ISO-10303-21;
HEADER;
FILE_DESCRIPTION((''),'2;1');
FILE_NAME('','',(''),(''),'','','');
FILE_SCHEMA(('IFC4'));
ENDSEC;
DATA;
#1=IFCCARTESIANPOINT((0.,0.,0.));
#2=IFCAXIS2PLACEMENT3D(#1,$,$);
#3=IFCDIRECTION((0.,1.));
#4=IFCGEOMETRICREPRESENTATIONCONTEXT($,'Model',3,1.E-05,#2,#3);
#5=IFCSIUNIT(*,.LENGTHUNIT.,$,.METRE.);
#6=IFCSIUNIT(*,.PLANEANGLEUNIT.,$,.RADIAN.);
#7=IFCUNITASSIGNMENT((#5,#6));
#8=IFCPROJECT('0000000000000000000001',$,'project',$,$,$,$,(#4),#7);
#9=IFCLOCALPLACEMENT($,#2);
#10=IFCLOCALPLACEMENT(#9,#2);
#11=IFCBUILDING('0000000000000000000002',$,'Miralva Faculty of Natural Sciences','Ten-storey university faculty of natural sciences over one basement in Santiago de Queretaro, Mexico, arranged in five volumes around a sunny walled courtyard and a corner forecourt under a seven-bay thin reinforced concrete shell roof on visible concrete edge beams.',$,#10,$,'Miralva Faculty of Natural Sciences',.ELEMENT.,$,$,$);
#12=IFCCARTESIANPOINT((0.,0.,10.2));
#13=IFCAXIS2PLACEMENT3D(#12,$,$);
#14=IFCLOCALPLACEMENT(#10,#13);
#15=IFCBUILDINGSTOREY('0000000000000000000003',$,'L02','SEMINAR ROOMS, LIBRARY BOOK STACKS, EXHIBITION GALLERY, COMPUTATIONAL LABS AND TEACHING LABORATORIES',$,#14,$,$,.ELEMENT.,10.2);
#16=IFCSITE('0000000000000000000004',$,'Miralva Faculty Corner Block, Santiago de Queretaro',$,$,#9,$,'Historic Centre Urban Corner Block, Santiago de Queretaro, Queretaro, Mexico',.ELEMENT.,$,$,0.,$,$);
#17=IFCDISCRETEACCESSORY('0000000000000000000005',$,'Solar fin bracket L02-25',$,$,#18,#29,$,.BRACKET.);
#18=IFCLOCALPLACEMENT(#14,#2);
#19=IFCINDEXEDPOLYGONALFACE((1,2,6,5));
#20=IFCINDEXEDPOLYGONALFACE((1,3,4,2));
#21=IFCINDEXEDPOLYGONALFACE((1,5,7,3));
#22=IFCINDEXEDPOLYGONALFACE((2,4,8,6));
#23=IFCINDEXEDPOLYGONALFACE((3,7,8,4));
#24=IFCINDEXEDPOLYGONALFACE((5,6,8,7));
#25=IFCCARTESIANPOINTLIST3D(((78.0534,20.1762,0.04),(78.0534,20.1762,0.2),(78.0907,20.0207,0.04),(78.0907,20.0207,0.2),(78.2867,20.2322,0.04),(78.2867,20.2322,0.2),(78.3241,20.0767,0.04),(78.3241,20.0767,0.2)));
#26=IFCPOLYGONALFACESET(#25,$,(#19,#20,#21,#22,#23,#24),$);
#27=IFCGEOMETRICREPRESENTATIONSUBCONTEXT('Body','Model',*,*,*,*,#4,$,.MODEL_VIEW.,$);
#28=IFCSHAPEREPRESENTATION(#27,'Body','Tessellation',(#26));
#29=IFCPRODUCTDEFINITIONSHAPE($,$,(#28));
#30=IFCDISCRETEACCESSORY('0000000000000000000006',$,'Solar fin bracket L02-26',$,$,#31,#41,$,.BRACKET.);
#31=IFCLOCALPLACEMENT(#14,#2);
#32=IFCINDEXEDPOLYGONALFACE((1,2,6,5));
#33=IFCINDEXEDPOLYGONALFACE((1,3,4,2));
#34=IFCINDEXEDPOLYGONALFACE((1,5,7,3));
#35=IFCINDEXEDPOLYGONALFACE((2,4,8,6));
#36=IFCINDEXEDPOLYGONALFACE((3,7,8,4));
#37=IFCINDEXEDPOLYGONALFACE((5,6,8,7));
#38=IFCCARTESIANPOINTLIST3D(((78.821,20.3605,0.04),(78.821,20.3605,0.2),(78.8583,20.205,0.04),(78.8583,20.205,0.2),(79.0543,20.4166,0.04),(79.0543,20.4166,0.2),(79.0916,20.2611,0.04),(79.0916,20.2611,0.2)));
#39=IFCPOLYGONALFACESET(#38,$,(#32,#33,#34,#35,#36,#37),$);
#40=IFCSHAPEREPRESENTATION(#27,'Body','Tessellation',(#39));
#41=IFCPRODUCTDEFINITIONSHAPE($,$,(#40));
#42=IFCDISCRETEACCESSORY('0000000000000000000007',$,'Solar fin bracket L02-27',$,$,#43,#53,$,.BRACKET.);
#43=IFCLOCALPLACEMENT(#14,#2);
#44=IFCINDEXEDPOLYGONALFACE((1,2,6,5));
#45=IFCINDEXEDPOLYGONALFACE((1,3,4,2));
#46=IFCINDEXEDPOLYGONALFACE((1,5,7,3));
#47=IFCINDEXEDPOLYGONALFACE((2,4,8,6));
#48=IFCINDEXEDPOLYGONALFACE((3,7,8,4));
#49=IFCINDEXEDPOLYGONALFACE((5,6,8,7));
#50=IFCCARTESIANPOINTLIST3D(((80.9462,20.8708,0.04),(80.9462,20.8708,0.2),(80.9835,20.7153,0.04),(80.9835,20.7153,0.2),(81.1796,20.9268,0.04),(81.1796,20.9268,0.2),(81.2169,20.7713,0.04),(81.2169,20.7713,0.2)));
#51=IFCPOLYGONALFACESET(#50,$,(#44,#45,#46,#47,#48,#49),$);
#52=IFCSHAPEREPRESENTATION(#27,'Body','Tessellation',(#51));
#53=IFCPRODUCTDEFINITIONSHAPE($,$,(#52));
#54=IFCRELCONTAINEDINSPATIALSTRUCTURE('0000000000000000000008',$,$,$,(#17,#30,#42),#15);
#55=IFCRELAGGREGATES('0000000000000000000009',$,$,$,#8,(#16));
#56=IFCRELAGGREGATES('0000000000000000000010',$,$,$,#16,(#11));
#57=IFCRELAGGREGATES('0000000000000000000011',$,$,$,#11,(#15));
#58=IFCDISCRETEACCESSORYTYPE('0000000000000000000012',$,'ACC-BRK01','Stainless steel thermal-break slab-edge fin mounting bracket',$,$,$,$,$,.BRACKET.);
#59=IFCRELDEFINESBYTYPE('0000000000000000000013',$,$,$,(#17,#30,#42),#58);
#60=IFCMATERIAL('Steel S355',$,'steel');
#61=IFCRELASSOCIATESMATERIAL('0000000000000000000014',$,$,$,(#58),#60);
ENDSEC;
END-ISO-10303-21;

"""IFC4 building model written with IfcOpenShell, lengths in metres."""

from ifc_helpers import new_model, si_unit, direction, frame, origin, origin_2d, place, context, subcontext, project, spatial, rectangle, extrude, material, type_object, element, save


model = new_model("IFC4")

# Units and contexts
model_context = context("Model", 3, precision=1e-05, world=origin(), true_north=direction((0.0, 1.0)))
body_context = subcontext(model_context, "Body", "Model", "MODEL_VIEW")
ifc_project = project(units=[si_unit("LENGTHUNIT", "METRE"), si_unit("PLANEANGLEUNIT", "RADIAN")], contexts=[model_context])

# Site, building, storey
site_placement = place(None, origin())
site = spatial("IfcSite", under=ifc_project, at=site_placement, Name="Miralva Faculty Corner Block, Santiago de Queretaro", LongName="Historic Centre Urban Corner Block, Santiago de Queretaro, Queretaro, Mexico", CompositionType="ELEMENT", RefElevation=0.0)
building_placement = place(site_placement, origin())
building = spatial("IfcBuilding", under=site, at=building_placement, Name="Miralva Faculty of Natural Sciences", Description="Ten-storey university faculty of natural sciences over one basement in Santiago de Queretaro, Mexico, arranged in five volumes around a sunny walled courtyard and a corner forecourt under a seven-bay thin reinforced concrete shell roof on visible concrete edge beams.", LongName="Miralva Faculty of Natural Sciences", CompositionType="ELEMENT")
storey_placement = place(building_placement, frame((0.0, 0.0, 10.2)))
storey = spatial("IfcBuildingStorey", under=building, at=storey_placement, Name="L02", Description="SEMINAR ROOMS, LIBRARY BOOK STACKS, EXHIBITION GALLERY, COMPUTATIONAL LABS AND TEACHING LABORATORIES", CompositionType="ELEMENT", Elevation=10.2)

# Discrete accessories
ifc_material_1 = material(Name="Steel S355", Category="steel")
discrete_accessory_type = type_object("IfcDiscreteAccessoryType", Name="ACC-BRK01", Description="Stainless steel thermal-break slab-edge fin mounting bracket", PredefinedType="BRACKET", material=ifc_material_1)
for number, where, z_axis, x_axis, name in (
    (1, (78.1887, 20.1265, 0.04), (0.0, 0.0, 1.0), (0.233445, -0.97237, 0.0), "Solar fin bracket L02-25"),
    (2, (78.9563, 20.3108, 0.04), (0.0, 0.0, 1.0), (0.233445, -0.97237, 0.0), "Solar fin bracket L02-26"),
    (3, (81.0815, 20.821, 0.04), (0.0, 0.0, 1.0), (0.233445, -0.97237, 0.0), "Solar fin bracket L02-27"),
):
    element("IfcDiscreteAccessory", number, at=place(storey_placement, frame(where, z_axis=z_axis, x_axis=x_axis)), inside=storey, type_object=discrete_accessory_type, Name=name, PredefinedType="BRACKET", context=body_context, shape_type="SweptSolid", body=[
        extrude(rectangle(XDim=0.1599, YDim=0.24, at=origin_2d()), origin(), (0.0, 0.0, 1.0), 0.1599),
    ])

save(model, "model.ifc")
